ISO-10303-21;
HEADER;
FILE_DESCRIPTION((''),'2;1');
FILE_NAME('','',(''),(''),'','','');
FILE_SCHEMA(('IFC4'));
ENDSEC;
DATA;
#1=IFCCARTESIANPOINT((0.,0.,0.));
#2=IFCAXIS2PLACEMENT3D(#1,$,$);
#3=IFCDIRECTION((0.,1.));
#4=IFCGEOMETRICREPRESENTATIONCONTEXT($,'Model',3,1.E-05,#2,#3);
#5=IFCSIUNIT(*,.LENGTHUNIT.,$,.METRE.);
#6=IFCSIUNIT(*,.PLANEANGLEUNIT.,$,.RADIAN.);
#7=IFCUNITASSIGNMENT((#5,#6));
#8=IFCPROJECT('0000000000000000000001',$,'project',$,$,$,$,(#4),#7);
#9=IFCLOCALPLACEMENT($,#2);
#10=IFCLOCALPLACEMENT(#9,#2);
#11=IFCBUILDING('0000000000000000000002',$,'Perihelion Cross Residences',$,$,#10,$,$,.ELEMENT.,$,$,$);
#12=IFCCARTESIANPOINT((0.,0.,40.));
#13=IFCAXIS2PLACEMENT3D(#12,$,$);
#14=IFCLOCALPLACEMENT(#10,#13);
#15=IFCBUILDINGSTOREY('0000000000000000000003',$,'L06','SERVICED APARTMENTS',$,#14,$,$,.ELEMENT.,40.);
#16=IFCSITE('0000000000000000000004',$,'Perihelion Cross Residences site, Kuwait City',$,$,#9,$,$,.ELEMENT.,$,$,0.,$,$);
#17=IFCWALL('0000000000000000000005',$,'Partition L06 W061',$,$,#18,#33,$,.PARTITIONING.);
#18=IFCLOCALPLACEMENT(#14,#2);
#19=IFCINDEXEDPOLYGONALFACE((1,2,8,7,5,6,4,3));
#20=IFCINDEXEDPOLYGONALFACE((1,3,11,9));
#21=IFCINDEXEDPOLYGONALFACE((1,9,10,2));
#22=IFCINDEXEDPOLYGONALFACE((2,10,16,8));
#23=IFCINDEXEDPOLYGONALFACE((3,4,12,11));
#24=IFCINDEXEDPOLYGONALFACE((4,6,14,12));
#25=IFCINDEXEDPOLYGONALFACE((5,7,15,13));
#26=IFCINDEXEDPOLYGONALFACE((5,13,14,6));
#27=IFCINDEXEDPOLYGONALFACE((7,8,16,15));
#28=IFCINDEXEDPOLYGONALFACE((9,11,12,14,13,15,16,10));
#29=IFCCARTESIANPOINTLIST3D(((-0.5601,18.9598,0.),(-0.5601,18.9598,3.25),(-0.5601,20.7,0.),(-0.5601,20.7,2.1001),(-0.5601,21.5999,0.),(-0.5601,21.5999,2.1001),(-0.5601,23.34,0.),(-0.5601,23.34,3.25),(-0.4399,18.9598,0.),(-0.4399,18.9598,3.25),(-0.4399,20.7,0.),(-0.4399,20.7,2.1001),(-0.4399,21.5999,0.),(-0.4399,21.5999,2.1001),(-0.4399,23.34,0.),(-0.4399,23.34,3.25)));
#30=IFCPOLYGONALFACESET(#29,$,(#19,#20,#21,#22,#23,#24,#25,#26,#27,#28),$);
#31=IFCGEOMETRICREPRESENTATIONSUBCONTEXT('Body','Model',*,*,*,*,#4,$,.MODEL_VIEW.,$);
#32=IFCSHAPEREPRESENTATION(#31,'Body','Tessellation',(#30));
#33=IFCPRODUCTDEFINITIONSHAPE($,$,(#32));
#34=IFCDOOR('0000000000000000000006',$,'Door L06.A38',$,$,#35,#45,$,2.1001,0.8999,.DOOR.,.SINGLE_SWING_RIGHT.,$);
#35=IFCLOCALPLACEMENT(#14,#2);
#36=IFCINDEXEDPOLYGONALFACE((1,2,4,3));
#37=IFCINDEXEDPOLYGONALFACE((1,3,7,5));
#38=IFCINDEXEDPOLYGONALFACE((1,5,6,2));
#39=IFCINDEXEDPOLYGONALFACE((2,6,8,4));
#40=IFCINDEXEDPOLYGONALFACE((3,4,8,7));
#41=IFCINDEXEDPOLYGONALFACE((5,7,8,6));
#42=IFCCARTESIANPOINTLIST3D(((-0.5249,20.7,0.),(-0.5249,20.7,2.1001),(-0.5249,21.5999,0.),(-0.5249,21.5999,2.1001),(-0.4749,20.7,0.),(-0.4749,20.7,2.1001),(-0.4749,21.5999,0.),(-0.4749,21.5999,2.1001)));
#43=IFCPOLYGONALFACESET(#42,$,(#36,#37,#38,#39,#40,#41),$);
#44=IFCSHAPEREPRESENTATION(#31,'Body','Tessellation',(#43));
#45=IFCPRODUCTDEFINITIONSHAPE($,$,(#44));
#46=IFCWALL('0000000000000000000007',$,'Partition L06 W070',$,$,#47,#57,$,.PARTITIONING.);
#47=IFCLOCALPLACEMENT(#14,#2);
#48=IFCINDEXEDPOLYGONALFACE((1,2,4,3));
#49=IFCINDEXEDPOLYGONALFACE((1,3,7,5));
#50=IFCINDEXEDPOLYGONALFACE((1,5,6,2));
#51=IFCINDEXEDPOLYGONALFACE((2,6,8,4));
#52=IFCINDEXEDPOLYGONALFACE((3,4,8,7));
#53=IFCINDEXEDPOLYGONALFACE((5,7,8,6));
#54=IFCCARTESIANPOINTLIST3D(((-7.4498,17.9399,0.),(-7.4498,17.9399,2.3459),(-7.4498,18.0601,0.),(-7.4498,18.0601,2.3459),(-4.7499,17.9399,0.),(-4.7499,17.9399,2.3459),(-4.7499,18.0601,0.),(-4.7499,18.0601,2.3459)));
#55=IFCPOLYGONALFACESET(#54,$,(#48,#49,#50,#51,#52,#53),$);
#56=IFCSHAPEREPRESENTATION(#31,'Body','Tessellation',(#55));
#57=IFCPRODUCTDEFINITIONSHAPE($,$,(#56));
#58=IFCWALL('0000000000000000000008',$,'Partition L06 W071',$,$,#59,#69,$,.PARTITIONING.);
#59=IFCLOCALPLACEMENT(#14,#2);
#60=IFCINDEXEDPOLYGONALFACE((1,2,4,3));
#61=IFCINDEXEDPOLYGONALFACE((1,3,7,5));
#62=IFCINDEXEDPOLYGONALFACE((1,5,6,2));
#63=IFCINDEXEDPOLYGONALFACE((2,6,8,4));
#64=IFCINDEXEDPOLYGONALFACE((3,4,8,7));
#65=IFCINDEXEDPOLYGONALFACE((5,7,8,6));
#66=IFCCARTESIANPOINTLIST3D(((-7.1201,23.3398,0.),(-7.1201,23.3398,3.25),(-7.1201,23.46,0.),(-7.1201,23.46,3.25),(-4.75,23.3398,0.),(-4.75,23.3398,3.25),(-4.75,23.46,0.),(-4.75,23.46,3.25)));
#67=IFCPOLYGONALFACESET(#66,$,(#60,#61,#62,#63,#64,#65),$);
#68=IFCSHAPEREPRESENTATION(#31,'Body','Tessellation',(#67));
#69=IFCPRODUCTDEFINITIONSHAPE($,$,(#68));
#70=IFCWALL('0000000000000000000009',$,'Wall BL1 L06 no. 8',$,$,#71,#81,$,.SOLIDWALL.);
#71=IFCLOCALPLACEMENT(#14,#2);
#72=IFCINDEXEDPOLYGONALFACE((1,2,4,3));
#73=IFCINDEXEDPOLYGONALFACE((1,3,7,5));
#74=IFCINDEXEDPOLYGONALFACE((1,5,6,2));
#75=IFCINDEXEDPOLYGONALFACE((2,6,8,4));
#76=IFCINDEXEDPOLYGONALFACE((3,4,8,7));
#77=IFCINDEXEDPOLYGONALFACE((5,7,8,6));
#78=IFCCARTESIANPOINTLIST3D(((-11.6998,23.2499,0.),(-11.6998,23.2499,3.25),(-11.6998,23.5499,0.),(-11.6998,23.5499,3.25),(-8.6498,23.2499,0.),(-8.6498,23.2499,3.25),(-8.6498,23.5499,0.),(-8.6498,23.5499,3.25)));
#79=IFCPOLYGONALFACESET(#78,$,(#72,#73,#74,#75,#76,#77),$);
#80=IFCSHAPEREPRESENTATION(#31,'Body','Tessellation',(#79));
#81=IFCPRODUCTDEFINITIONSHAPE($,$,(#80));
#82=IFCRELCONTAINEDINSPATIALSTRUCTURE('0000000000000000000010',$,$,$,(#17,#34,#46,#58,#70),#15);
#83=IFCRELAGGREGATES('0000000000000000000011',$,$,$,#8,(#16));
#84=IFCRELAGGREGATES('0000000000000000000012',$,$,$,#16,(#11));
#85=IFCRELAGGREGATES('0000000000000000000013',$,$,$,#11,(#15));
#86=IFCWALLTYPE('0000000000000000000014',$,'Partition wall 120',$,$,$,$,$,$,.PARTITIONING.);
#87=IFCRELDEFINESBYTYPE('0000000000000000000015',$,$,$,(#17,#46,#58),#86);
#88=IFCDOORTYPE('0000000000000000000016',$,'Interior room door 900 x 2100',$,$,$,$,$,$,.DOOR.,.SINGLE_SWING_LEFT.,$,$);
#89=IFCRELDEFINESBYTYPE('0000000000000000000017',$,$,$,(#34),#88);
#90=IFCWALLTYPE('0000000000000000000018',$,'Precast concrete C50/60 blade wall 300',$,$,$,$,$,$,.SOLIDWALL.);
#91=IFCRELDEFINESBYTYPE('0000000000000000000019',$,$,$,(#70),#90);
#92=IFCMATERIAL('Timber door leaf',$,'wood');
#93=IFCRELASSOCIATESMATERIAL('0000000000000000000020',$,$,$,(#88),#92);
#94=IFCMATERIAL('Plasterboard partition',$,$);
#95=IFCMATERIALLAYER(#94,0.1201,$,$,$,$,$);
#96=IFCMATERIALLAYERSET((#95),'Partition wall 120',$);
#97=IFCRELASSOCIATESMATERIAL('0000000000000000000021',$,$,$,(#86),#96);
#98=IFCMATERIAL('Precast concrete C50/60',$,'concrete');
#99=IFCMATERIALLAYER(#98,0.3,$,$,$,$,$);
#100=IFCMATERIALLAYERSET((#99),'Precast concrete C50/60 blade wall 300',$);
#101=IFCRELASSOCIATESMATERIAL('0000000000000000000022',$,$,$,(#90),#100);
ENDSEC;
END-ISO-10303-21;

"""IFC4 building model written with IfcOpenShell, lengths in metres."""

from ifc_helpers import new_model, si_unit, direction, frame, frame_2d, origin, place, context, subcontext, project, spatial, rectangle, extrude, material, layer, layer_set, type_object, element, fill, save


model = new_model("IFC4")

# Units and contexts
model_context = context("Model", 3, precision=1e-05, world=origin(), true_north=direction((0.0, 1.0)))
body_context = subcontext(model_context, "Body", "Model", "MODEL_VIEW")
ifc_project = project(units=[si_unit("LENGTHUNIT", "METRE"), si_unit("PLANEANGLEUNIT", "RADIAN")], contexts=[model_context])

# Site, building, storey
site_placement = place(None, origin())
site = spatial("IfcSite", under=ifc_project, at=site_placement, Name="Perihelion Cross Residences site, Kuwait City", CompositionType="ELEMENT", RefElevation=0.0)
building_placement = place(site_placement, origin())
building = spatial("IfcBuilding", under=site, at=building_placement, Name="Perihelion Cross Residences", CompositionType="ELEMENT")
storey_placement = place(building_placement, frame((0.0, 0.0, 40.0)))
storey = spatial("IfcBuildingStorey", under=building, at=storey_placement, Name="L06", Description="SERVICED APARTMENTS", CompositionType="ELEMENT", Elevation=40.0)

# Wall, opening, door
ifc_material_1 = material(Name="Timber door leaf", Category="wood")
door_type_1 = type_object("IfcDoorType", Name="Interior room door 900 x 2100", OperationType="SINGLE_SWING_LEFT", PredefinedType="DOOR", material=ifc_material_1)
ifc_material_2 = material(Name="Plasterboard partition")
ifc_layer_1 = layer(ifc_material_2, 0.1201)
ifc_layer_set_1 = layer_set([ifc_layer_1], Name="Partition wall 120")
wall_type_1 = type_object("IfcWallType", Name="Partition wall 120", PredefinedType="PARTITIONING", material=ifc_layer_set_1)
wall_1_placement = place(storey_placement, frame((-0.5, 18.96, 0.0), z_axis=(0.0, 0.0, 1.0), x_axis=(0.0, 1.0, 0.0)))
wall_1 = element("IfcWall", 1, at=wall_1_placement, inside=storey, type_object=wall_type_1, Name="Partition L06 W061", PredefinedType="PARTITIONING", context=body_context, shape_type="SweptSolid", body=[
    extrude(rectangle(XDim=4.3801, YDim=0.1201, at=frame_2d((2.1899, 0.0))), origin(), (0.0, 0.0, 1.0), 3.25),
])
opening_1_placement = place(wall_1_placement, frame((1.74, 0.0, 0.0)))
opening_1 = element("IfcOpeningElement", 2, at=opening_1_placement, cuts=wall_1, PredefinedType="OPENING", context=body_context, shape_type="SweptSolid", body=[
    extrude(rectangle(XDim=0.8999, YDim=2.1001, at=frame_2d((0.45, 1.05))), frame((0.0, 0.0701, 0.0), z_axis=(0.0, -1.0, 0.0), x_axis=(1.0, 0.0, 0.0)), (0.0, 0.0, 1.0), 0.1401),
])
door_1_placement = place(opening_1_placement, origin())
door_1 = element("IfcDoor", 3, at=door_1_placement, inside=storey, type_object=door_type_1, Name="Door L06.A38", OperationType="SINGLE_SWING_RIGHT", OverallHeight=2.1001, OverallWidth=0.8999, PredefinedType="DOOR", context=body_context, shape_type="SweptSolid", body=[
    extrude(rectangle(XDim=0.8999, YDim=2.1001, at=frame_2d((0.45, 1.05))), frame((0.0, 0.0249, 0.0), z_axis=(0.0, -1.0, 0.0), x_axis=(1.0, 0.0, 0.0)), (0.0, 0.0, 1.0), 0.05),
])
fill(opening_1, door_1)

# Walls
wall_2_placement = place(storey_placement, frame((-7.45, 18.0, 0.0), z_axis=(0.0, 0.0, 1.0), x_axis=(1.0, 0.0, 0.0)))
element("IfcWall", 4, at=wall_2_placement, inside=storey, type_object=wall_type_1, Name="Partition L06 W070", PredefinedType="PARTITIONING", context=body_context, shape_type="SweptSolid", body=[
    extrude(rectangle(XDim=2.7, YDim=0.1201, at=frame_2d((1.3501, 0.0))), origin(), (0.0, 0.0, 1.0), 2.3459),
])
wall_3_placement = place(storey_placement, frame((-7.1201, 23.3999, 0.0), z_axis=(0.0, 0.0, 1.0), x_axis=(1.0, 0.0, 0.0)))
element("IfcWall", 5, at=wall_3_placement, inside=storey, type_object=wall_type_1, Name="Partition L06 W071", PredefinedType="PARTITIONING", context=body_context, shape_type="SweptSolid", body=[
    extrude(rectangle(XDim=2.3701, YDim=0.1201, at=frame_2d((1.1851, 0.0))), origin(), (0.0, 0.0, 1.0), 3.25),
])
ifc_material_3 = material(Name="Precast concrete C50/60", Category="concrete")
ifc_layer_2 = layer(ifc_material_3, 0.3)
ifc_layer_set_2 = layer_set([ifc_layer_2], Name="Precast concrete C50/60 blade wall 300")
wall_type_2 = type_object("IfcWallType", Name="Precast concrete C50/60 blade wall 300", PredefinedType="SOLIDWALL", material=ifc_layer_set_2)
wall_4_placement = place(storey_placement, frame((-8.6499, 23.3999, 0.0), z_axis=(0.0, 0.0, 1.0), x_axis=(-1.0, 0.0, 0.0)))
element("IfcWall", 6, at=wall_4_placement, inside=storey, type_object=wall_type_2, Name="Wall BL1 L06 no. 8", PredefinedType="SOLIDWALL", context=body_context, shape_type="SweptSolid", body=[
    extrude(rectangle(XDim=3.05, YDim=0.3, at=frame_2d((1.5249, 0.0))), origin(), (0.0, 0.0, 1.0), 3.25),
])

save(model, "model.ifc")
